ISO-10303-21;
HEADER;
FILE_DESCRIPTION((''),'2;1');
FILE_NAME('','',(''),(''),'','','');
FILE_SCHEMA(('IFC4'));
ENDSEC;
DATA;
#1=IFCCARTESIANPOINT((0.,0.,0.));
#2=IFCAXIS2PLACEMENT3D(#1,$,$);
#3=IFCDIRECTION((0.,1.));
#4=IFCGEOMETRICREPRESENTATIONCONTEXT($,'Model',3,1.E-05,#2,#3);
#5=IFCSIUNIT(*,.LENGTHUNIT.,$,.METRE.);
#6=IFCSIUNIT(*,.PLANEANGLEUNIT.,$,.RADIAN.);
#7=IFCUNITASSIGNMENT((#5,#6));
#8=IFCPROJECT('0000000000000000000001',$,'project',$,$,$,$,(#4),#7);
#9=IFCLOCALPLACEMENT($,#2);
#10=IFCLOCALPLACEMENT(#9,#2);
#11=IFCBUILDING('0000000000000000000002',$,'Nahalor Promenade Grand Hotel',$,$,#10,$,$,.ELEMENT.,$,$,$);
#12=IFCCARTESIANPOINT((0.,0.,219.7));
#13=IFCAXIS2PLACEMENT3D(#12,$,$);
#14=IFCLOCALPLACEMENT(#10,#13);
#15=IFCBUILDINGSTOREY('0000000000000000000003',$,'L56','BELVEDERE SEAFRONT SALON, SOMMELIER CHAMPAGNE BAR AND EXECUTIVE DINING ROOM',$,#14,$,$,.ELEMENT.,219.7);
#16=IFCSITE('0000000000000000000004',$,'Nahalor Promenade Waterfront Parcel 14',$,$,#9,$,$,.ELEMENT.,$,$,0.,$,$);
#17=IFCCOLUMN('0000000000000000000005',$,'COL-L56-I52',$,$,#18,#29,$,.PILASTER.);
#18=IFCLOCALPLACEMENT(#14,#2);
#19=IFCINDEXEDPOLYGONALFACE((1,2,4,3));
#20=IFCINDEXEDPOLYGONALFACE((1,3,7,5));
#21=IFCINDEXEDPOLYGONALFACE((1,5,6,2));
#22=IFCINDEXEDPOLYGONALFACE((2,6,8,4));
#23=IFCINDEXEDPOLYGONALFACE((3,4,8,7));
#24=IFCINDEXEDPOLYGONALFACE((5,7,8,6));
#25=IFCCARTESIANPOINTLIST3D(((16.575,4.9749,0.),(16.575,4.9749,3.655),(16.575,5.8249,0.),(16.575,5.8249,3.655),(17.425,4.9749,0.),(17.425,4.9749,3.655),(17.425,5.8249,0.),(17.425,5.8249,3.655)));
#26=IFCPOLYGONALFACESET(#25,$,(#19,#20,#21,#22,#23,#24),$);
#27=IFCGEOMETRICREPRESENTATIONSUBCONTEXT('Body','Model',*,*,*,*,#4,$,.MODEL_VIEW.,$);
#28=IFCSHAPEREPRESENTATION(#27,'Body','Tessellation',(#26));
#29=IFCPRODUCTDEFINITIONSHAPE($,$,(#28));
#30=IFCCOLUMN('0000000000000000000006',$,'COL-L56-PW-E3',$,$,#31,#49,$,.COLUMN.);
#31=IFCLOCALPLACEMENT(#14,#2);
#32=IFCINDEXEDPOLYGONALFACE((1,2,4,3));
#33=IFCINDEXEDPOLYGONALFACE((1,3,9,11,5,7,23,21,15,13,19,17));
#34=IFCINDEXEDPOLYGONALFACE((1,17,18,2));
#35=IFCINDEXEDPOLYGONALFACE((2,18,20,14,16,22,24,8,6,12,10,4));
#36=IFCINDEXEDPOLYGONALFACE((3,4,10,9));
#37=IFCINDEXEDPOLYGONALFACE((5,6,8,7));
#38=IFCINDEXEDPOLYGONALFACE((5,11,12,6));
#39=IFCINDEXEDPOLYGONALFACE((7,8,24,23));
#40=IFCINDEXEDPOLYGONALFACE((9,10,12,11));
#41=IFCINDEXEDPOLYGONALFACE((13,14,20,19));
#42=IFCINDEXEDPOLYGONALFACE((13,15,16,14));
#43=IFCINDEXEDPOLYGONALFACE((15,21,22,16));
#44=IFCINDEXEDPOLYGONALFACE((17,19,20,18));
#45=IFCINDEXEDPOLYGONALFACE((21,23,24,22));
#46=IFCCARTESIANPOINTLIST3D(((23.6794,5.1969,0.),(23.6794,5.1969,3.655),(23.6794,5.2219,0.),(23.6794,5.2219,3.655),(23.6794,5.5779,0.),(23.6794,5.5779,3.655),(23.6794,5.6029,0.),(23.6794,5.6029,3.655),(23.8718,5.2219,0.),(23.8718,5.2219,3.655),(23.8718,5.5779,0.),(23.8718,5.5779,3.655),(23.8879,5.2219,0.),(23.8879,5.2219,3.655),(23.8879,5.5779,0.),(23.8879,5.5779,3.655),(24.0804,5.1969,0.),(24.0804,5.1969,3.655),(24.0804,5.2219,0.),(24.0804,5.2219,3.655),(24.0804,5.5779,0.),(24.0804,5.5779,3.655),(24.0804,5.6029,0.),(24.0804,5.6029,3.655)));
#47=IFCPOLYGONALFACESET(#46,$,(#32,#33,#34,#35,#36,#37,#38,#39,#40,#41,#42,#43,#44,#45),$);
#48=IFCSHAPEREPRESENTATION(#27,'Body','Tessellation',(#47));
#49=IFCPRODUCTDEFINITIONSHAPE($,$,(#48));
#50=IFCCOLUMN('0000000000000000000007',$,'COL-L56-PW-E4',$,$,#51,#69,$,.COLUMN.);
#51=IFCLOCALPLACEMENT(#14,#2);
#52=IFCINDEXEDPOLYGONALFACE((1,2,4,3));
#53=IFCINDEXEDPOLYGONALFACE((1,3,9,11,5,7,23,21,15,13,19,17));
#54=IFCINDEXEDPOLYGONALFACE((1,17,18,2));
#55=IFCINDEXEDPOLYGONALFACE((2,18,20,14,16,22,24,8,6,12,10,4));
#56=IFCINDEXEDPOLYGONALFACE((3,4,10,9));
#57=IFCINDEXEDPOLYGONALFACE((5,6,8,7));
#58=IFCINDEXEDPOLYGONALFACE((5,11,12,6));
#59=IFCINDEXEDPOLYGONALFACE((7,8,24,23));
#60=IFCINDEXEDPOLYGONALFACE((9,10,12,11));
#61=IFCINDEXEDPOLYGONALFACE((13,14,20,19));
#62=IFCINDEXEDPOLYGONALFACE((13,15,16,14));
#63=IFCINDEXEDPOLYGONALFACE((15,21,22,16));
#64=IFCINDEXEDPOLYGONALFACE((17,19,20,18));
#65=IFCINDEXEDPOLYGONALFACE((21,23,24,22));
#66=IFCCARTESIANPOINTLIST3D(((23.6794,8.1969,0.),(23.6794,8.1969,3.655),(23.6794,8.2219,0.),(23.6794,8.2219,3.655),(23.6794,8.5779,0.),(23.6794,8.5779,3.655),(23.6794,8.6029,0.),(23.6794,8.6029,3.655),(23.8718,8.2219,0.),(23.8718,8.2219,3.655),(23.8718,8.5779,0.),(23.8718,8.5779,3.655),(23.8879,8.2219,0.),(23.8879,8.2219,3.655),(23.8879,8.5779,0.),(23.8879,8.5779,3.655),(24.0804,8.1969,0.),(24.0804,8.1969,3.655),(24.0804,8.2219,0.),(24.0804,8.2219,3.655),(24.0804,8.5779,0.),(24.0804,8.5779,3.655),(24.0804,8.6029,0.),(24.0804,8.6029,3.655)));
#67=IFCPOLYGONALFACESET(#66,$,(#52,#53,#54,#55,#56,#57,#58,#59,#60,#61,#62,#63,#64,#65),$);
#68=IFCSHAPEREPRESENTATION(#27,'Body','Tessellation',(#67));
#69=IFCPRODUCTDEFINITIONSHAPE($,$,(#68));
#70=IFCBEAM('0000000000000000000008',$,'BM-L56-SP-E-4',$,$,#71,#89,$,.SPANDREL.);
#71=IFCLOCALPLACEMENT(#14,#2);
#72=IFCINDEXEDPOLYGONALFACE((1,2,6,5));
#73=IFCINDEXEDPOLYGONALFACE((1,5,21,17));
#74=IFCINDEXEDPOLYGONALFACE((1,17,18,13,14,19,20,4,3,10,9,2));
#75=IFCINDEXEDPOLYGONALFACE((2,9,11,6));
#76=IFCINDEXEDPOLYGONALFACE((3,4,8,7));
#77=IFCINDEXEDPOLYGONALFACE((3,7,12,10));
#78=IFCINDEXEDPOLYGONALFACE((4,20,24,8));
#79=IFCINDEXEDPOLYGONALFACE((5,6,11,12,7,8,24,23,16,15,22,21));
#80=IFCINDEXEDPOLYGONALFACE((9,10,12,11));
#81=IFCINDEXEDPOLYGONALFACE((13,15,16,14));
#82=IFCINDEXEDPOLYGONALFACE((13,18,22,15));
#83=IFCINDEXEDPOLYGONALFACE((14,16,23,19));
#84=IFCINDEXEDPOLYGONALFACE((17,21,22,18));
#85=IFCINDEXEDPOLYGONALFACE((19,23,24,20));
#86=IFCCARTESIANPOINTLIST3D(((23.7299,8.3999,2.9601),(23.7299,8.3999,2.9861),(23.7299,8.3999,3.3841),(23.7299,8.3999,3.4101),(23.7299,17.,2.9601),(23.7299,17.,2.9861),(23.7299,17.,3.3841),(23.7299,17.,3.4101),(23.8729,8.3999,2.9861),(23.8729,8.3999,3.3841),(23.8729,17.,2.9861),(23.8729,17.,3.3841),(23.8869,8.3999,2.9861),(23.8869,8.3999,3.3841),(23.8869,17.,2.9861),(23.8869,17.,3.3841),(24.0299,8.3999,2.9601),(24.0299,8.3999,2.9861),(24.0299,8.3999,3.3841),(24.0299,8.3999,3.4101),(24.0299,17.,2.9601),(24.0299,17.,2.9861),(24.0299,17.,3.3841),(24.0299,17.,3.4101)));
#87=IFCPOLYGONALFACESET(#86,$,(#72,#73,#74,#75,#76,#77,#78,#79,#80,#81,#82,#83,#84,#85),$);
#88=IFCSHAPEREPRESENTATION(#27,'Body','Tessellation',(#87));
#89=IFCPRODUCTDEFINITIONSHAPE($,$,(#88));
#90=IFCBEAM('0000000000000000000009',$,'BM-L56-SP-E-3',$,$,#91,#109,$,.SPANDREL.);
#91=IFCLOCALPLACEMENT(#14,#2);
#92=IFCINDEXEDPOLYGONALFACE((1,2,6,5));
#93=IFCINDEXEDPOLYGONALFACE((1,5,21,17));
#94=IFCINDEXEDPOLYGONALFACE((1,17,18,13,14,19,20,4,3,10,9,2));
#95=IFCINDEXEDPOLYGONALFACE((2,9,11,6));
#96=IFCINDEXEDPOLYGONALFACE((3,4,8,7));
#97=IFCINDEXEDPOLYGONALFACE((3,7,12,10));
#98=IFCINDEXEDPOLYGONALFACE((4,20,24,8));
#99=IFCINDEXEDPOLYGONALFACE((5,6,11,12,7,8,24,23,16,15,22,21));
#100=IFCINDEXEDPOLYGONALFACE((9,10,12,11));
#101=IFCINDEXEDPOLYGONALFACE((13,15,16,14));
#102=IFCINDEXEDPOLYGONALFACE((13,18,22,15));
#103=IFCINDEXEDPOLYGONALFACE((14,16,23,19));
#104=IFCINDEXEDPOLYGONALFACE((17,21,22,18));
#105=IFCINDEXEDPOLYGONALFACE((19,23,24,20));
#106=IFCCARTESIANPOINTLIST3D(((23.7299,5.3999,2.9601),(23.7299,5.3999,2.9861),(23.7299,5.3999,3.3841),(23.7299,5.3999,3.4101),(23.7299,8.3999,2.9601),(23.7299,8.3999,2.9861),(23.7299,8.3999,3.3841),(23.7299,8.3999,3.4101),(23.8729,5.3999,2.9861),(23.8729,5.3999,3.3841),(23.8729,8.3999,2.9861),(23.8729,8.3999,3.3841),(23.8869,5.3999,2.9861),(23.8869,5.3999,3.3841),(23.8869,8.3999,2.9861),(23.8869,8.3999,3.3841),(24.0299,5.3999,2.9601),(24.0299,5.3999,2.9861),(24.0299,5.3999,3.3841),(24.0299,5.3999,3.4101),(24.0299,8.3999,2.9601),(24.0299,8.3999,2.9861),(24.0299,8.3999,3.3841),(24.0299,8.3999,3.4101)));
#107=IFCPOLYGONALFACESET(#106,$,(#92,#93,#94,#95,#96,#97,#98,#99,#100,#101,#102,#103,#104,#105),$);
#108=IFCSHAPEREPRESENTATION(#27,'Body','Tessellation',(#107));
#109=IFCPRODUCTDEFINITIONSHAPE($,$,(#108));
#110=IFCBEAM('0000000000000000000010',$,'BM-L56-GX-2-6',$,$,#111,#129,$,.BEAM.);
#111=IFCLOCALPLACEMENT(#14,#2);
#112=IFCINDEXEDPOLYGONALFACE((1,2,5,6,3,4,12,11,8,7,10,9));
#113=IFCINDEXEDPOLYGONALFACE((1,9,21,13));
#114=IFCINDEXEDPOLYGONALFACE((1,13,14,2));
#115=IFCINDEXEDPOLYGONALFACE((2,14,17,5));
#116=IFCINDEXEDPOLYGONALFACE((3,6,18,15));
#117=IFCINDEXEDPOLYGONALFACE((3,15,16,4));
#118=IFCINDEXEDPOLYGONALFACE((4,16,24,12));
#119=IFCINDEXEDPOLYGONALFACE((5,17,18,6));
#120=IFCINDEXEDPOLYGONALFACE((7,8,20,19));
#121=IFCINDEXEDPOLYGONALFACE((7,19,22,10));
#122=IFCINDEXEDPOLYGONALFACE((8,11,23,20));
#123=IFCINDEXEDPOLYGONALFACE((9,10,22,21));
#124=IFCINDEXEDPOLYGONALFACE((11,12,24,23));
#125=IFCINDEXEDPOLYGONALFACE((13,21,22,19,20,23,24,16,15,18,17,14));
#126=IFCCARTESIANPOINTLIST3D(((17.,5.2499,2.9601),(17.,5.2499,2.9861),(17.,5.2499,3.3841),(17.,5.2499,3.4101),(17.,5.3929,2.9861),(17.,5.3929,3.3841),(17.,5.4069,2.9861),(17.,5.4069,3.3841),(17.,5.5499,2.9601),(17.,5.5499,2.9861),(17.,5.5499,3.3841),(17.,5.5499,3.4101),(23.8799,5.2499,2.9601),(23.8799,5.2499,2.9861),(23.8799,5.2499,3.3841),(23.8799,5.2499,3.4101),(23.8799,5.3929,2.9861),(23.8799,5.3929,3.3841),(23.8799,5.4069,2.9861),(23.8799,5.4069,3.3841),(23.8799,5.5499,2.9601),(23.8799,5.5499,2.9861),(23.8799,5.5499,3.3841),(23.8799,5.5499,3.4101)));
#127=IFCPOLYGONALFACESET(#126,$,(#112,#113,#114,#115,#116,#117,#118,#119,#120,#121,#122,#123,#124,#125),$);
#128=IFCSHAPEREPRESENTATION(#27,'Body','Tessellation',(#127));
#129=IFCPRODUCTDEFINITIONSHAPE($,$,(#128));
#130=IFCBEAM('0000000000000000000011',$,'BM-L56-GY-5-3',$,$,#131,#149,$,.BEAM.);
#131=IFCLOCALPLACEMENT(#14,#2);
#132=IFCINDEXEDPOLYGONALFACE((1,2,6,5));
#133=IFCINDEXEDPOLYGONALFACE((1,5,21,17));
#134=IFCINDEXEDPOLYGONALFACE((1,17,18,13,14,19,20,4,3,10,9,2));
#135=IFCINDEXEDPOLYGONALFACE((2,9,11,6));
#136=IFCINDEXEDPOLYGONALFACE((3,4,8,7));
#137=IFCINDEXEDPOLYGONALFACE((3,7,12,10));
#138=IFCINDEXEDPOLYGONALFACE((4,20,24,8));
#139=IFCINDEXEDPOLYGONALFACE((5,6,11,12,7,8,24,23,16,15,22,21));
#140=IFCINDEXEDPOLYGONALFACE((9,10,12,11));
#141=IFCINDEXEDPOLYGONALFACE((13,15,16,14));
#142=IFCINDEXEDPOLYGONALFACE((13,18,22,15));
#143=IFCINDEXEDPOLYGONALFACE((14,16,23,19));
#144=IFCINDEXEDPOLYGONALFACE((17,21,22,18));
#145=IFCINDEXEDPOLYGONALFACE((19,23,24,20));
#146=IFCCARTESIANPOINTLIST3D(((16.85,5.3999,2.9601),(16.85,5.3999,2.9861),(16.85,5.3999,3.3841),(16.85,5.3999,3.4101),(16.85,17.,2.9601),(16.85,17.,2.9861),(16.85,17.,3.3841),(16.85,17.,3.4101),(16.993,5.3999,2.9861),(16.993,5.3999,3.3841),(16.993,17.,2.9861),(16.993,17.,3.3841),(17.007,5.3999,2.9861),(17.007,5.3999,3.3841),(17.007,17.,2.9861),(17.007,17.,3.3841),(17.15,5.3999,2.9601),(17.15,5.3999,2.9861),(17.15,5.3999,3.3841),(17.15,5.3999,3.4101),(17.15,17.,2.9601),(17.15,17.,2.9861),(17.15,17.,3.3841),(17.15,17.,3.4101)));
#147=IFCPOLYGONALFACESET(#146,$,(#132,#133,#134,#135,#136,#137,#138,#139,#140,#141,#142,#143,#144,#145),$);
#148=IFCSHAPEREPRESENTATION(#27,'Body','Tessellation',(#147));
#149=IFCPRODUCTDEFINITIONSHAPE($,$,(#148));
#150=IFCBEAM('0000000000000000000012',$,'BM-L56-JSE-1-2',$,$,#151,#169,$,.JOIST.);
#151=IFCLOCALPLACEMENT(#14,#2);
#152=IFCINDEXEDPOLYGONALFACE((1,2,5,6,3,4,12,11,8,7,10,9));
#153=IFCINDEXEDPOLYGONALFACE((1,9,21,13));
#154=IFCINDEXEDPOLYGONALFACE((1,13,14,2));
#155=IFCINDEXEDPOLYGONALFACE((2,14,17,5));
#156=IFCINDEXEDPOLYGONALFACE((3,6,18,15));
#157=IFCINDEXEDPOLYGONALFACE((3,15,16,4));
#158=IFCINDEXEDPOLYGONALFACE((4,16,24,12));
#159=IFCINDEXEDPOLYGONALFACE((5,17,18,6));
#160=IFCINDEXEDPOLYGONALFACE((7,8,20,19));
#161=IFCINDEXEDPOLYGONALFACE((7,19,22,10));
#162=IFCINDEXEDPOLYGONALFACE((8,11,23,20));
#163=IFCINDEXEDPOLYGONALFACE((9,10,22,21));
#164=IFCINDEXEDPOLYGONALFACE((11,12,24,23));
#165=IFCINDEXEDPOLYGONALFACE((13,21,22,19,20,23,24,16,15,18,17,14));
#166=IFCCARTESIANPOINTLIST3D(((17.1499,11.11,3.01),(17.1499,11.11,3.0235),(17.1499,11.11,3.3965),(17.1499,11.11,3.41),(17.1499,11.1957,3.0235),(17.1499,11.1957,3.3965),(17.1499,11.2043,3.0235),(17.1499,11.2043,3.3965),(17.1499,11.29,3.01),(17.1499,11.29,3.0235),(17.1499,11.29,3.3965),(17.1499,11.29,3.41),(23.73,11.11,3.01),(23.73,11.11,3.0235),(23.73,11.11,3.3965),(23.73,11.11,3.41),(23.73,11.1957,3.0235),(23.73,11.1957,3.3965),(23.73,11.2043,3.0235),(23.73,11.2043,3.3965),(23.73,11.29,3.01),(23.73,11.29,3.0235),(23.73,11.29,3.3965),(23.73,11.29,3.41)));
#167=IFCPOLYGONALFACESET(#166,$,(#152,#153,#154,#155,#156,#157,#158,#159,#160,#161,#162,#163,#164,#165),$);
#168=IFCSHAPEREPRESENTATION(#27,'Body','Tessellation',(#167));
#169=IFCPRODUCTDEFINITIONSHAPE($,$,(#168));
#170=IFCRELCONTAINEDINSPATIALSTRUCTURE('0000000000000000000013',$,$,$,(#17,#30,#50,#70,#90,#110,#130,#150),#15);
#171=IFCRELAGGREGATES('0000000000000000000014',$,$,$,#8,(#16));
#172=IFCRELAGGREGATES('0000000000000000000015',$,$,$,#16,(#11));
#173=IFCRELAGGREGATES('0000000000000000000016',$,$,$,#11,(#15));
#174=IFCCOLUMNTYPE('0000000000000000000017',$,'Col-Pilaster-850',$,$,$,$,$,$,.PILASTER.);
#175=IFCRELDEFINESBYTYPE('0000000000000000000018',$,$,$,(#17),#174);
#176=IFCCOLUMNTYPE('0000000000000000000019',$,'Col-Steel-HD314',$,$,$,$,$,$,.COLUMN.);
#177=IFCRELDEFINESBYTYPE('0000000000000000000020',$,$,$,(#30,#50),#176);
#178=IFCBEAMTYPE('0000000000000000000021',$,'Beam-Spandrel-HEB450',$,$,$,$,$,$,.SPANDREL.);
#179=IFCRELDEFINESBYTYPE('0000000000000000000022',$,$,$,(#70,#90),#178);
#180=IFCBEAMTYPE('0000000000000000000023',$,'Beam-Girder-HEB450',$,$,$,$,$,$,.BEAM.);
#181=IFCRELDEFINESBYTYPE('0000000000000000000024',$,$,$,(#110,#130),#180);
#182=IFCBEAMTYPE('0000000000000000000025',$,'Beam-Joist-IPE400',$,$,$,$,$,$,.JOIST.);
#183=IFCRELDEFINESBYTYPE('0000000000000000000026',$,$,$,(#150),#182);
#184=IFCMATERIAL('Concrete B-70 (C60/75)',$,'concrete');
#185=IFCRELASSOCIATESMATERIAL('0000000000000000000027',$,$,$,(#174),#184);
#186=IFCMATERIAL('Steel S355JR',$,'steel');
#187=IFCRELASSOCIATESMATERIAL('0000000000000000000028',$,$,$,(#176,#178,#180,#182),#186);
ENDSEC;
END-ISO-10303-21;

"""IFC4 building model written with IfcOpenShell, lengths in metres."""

from ifc_helpers import new_model, si_unit, direction, frame, origin, origin_2d, place, context, subcontext, project, spatial, rectangle, i_section, extrude, source, transform, mapped, material, material_profile, profile_set, type_object, element, save


model = new_model("IFC4")

# Units and contexts
model_context = context("Model", 3, precision=1e-05, world=origin(), true_north=direction((0.0, 1.0)))
body_context = subcontext(model_context, "Body", "Model", "MODEL_VIEW")
ifc_project = project(units=[si_unit("LENGTHUNIT", "METRE"), si_unit("PLANEANGLEUNIT", "RADIAN")], contexts=[model_context])

# Site, building, storey
site_placement = place(None, origin())
site = spatial("IfcSite", under=ifc_project, at=site_placement, Name="Nahalor Promenade Waterfront Parcel 14", CompositionType="ELEMENT", RefElevation=0.0)
building_placement = place(site_placement, origin())
building = spatial("IfcBuilding", under=site, at=building_placement, Name="Nahalor Promenade Grand Hotel", CompositionType="ELEMENT")
storey_placement = place(building_placement, frame((0.0, 0.0, 219.7)))
storey = spatial("IfcBuildingStorey", under=building, at=storey_placement, Name="L56", Description="BELVEDERE SEAFRONT SALON, SOMMELIER CHAMPAGNE BAR AND EXECUTIVE DINING ROOM", CompositionType="ELEMENT", Elevation=219.7)

# Columns
ifc_material_1 = material(Name="Concrete B-70 (C60/75)", Category="concrete")
ifc_material_profile_1 = material_profile(ifc_material_1, rectangle(XDim=0.85, YDim=0.85, at=origin_2d()), Name="RC 850x850")
ifc_profile_set_1 = profile_set([ifc_material_profile_1], Name="Concrete B-70 (C60/75)")
column_type_1 = type_object("IfcColumnType", Name="Col-Pilaster-850", PredefinedType="PILASTER", material=ifc_profile_set_1)
shared_shape_1 = source(origin(), body_context, "Body", "SweptSolid", [
    extrude(rectangle(XDim=0.85, YDim=0.85, at=origin_2d()), origin(), (0.0, 0.0, 1.0), 3.655),
])
column_placement = place(storey_placement, frame((17.0, 5.3999, 0.0), z_axis=(0.0, 0.0, 1.0), x_axis=(1.0, 0.0, 0.0)))
element("IfcColumn", 1, at=column_placement, inside=storey, type_object=column_type_1, Name="COL-L56-I52", PredefinedType="PILASTER", context=body_context, shape_type="MappedRepresentation", body=[
    mapped(shared_shape_1, transform((0.0, 0.0, 0.0), scale=1.0)),
])
ifc_material_2 = material(Name="Steel S355JR", Category="steel")
ifc_material_profile_2 = material_profile(ifc_material_2, i_section(OverallWidth=0.401, OverallDepth=0.406, WebThickness=0.0161, FlangeThickness=0.025, at=origin_2d()), Name="HD 400x314")
ifc_profile_set_2 = profile_set([ifc_material_profile_2], Name="Steel S355JR")
column_type_2 = type_object("IfcColumnType", Name="Col-Steel-HD314", PredefinedType="COLUMN", material=ifc_profile_set_2)
shared_shape_2 = source(origin(), body_context, "Body", "SweptSolid", [
    extrude(i_section(OverallWidth=0.401, OverallDepth=0.406, WebThickness=0.0161, FlangeThickness=0.025, at=origin_2d()), origin(), (0.0, 0.0, 1.0), 3.655),
])
for number, where, z_axis, x_axis, name in (
    (2, (23.8799, 5.3999, 0.0), (0.0, 0.0, 1.0), (1.0, 0.0, 0.0), "COL-L56-PW-E3"),
    (3, (23.8799, 8.3999, 0.0), (0.0, 0.0, 1.0), (1.0, 0.0, 0.0), "COL-L56-PW-E4"),
):
    element("IfcColumn", number, at=place(storey_placement, frame(where, z_axis=z_axis, x_axis=x_axis)), inside=storey, type_object=column_type_2, Name=name, PredefinedType="COLUMN", context=body_context, shape_type="MappedRepresentation", body=[
        mapped(shared_shape_2, transform((0.0, 0.0, 0.0), scale=1.0)),
    ])

# Beams
ifc_material_profile_3 = material_profile(ifc_material_2, i_section(OverallWidth=0.3, OverallDepth=0.45, WebThickness=0.014, FlangeThickness=0.026, at=origin_2d()), Name="HEB 450")
ifc_profile_set_3 = profile_set([ifc_material_profile_3], Name="Steel S355JR")
beam_type_1 = type_object("IfcBeamType", Name="Beam-Spandrel-HEB450", PredefinedType="SPANDREL", material=ifc_profile_set_3)
shared_shape_3 = source(origin(), body_context, "Body", "SweptSolid", [
    extrude(i_section(OverallWidth=0.3, OverallDepth=0.45, WebThickness=0.014, FlangeThickness=0.026, at=origin_2d()), origin(), (0.0, 0.0, 1.0), 8.6001),
])
beam_1_placement = place(storey_placement, frame((23.8799, 8.3999, 3.1851), z_axis=(0.0, 1.0, 0.0), x_axis=(-1.0, 0.0, 0.0)))
element("IfcBeam", 4, at=beam_1_placement, inside=storey, type_object=beam_type_1, Name="BM-L56-SP-E-4", PredefinedType="SPANDREL", context=body_context, shape_type="MappedRepresentation", body=[
    mapped(shared_shape_3, transform((0.0, 0.0, 0.0), scale=1.0)),
])
shared_shape_4 = source(origin(), body_context, "Body", "SweptSolid", [
    extrude(i_section(OverallWidth=0.3, OverallDepth=0.45, WebThickness=0.014, FlangeThickness=0.026, at=origin_2d()), origin(), (0.0, 0.0, 1.0), 3.0),
])
beam_2_placement = place(storey_placement, frame((23.8799, 5.3999, 3.1851), z_axis=(0.0, 1.0, 0.0), x_axis=(-1.0, 0.0, 0.0)))
element("IfcBeam", 5, at=beam_2_placement, inside=storey, type_object=beam_type_1, Name="BM-L56-SP-E-3", PredefinedType="SPANDREL", context=body_context, shape_type="MappedRepresentation", body=[
    mapped(shared_shape_4, transform((0.0, 0.0, 0.0), scale=1.0)),
])
ifc_material_profile_4 = material_profile(ifc_material_2, i_section(OverallWidth=0.3, OverallDepth=0.45, WebThickness=0.014, FlangeThickness=0.026, at=origin_2d()), Name="HEB 450")
ifc_profile_set_4 = profile_set([ifc_material_profile_4], Name="Steel S355JR")
beam_type_2 = type_object("IfcBeamType", Name="Beam-Girder-HEB450", PredefinedType="BEAM", material=ifc_profile_set_4)
shared_shape_5 = source(origin(), body_context, "Body", "SweptSolid", [
    extrude(i_section(OverallWidth=0.3, OverallDepth=0.45, WebThickness=0.014, FlangeThickness=0.026, at=origin_2d()), origin(), (0.0, 0.0, 1.0), 6.8799),
])
beam_3_placement = place(storey_placement, frame((17.0, 5.3999, 3.1851), z_axis=(1.0, 0.0, 0.0), x_axis=(0.0, 1.0, 0.0)))
element("IfcBeam", 6, at=beam_3_placement, inside=storey, type_object=beam_type_2, Name="BM-L56-GX-2-6", PredefinedType="BEAM", context=body_context, shape_type="MappedRepresentation", body=[
    mapped(shared_shape_5, transform((0.0, 0.0, 0.0), scale=1.0)),
])
shared_shape_6 = source(origin(), body_context, "Body", "SweptSolid", [
    extrude(i_section(OverallWidth=0.3, OverallDepth=0.45, WebThickness=0.014, FlangeThickness=0.026, at=origin_2d()), origin(), (0.0, 0.0, 1.0), 11.6001),
])
beam_4_placement = place(storey_placement, frame((17.0, 5.3999, 3.1851), z_axis=(0.0, 1.0, 0.0), x_axis=(-1.0, 0.0, 0.0)))
element("IfcBeam", 7, at=beam_4_placement, inside=storey, type_object=beam_type_2, Name="BM-L56-GY-5-3", PredefinedType="BEAM", context=body_context, shape_type="MappedRepresentation", body=[
    mapped(shared_shape_6, transform((0.0, 0.0, 0.0), scale=1.0)),
])
ifc_material_profile_5 = material_profile(ifc_material_2, i_section(OverallWidth=0.18, OverallDepth=0.4, WebThickness=0.0086, FlangeThickness=0.0135, at=origin_2d()), Name="IPE 400")
ifc_profile_set_5 = profile_set([ifc_material_profile_5], Name="Steel S355JR")
beam_type_3 = type_object("IfcBeamType", Name="Beam-Joist-IPE400", PredefinedType="JOIST", material=ifc_profile_set_5)
shared_shape_7 = source(origin(), body_context, "Body", "SweptSolid", [
    extrude(i_section(OverallWidth=0.18, OverallDepth=0.4, WebThickness=0.0086, FlangeThickness=0.0135, at=origin_2d()), origin(), (0.0, 0.0, 1.0), 6.5801),
])
beam_5_placement = place(storey_placement, frame((17.1499, 11.2, 3.21), z_axis=(1.0, 0.0, 0.0), x_axis=(0.0, 1.0, 0.0)))
element("IfcBeam", 8, at=beam_5_placement, inside=storey, type_object=beam_type_3, Name="BM-L56-JSE-1-2", PredefinedType="JOIST", context=body_context, shape_type="MappedRepresentation", body=[
    mapped(shared_shape_7, transform((0.0, 0.0, 0.0), scale=1.0)),
])

save(model, "model.ifc")
